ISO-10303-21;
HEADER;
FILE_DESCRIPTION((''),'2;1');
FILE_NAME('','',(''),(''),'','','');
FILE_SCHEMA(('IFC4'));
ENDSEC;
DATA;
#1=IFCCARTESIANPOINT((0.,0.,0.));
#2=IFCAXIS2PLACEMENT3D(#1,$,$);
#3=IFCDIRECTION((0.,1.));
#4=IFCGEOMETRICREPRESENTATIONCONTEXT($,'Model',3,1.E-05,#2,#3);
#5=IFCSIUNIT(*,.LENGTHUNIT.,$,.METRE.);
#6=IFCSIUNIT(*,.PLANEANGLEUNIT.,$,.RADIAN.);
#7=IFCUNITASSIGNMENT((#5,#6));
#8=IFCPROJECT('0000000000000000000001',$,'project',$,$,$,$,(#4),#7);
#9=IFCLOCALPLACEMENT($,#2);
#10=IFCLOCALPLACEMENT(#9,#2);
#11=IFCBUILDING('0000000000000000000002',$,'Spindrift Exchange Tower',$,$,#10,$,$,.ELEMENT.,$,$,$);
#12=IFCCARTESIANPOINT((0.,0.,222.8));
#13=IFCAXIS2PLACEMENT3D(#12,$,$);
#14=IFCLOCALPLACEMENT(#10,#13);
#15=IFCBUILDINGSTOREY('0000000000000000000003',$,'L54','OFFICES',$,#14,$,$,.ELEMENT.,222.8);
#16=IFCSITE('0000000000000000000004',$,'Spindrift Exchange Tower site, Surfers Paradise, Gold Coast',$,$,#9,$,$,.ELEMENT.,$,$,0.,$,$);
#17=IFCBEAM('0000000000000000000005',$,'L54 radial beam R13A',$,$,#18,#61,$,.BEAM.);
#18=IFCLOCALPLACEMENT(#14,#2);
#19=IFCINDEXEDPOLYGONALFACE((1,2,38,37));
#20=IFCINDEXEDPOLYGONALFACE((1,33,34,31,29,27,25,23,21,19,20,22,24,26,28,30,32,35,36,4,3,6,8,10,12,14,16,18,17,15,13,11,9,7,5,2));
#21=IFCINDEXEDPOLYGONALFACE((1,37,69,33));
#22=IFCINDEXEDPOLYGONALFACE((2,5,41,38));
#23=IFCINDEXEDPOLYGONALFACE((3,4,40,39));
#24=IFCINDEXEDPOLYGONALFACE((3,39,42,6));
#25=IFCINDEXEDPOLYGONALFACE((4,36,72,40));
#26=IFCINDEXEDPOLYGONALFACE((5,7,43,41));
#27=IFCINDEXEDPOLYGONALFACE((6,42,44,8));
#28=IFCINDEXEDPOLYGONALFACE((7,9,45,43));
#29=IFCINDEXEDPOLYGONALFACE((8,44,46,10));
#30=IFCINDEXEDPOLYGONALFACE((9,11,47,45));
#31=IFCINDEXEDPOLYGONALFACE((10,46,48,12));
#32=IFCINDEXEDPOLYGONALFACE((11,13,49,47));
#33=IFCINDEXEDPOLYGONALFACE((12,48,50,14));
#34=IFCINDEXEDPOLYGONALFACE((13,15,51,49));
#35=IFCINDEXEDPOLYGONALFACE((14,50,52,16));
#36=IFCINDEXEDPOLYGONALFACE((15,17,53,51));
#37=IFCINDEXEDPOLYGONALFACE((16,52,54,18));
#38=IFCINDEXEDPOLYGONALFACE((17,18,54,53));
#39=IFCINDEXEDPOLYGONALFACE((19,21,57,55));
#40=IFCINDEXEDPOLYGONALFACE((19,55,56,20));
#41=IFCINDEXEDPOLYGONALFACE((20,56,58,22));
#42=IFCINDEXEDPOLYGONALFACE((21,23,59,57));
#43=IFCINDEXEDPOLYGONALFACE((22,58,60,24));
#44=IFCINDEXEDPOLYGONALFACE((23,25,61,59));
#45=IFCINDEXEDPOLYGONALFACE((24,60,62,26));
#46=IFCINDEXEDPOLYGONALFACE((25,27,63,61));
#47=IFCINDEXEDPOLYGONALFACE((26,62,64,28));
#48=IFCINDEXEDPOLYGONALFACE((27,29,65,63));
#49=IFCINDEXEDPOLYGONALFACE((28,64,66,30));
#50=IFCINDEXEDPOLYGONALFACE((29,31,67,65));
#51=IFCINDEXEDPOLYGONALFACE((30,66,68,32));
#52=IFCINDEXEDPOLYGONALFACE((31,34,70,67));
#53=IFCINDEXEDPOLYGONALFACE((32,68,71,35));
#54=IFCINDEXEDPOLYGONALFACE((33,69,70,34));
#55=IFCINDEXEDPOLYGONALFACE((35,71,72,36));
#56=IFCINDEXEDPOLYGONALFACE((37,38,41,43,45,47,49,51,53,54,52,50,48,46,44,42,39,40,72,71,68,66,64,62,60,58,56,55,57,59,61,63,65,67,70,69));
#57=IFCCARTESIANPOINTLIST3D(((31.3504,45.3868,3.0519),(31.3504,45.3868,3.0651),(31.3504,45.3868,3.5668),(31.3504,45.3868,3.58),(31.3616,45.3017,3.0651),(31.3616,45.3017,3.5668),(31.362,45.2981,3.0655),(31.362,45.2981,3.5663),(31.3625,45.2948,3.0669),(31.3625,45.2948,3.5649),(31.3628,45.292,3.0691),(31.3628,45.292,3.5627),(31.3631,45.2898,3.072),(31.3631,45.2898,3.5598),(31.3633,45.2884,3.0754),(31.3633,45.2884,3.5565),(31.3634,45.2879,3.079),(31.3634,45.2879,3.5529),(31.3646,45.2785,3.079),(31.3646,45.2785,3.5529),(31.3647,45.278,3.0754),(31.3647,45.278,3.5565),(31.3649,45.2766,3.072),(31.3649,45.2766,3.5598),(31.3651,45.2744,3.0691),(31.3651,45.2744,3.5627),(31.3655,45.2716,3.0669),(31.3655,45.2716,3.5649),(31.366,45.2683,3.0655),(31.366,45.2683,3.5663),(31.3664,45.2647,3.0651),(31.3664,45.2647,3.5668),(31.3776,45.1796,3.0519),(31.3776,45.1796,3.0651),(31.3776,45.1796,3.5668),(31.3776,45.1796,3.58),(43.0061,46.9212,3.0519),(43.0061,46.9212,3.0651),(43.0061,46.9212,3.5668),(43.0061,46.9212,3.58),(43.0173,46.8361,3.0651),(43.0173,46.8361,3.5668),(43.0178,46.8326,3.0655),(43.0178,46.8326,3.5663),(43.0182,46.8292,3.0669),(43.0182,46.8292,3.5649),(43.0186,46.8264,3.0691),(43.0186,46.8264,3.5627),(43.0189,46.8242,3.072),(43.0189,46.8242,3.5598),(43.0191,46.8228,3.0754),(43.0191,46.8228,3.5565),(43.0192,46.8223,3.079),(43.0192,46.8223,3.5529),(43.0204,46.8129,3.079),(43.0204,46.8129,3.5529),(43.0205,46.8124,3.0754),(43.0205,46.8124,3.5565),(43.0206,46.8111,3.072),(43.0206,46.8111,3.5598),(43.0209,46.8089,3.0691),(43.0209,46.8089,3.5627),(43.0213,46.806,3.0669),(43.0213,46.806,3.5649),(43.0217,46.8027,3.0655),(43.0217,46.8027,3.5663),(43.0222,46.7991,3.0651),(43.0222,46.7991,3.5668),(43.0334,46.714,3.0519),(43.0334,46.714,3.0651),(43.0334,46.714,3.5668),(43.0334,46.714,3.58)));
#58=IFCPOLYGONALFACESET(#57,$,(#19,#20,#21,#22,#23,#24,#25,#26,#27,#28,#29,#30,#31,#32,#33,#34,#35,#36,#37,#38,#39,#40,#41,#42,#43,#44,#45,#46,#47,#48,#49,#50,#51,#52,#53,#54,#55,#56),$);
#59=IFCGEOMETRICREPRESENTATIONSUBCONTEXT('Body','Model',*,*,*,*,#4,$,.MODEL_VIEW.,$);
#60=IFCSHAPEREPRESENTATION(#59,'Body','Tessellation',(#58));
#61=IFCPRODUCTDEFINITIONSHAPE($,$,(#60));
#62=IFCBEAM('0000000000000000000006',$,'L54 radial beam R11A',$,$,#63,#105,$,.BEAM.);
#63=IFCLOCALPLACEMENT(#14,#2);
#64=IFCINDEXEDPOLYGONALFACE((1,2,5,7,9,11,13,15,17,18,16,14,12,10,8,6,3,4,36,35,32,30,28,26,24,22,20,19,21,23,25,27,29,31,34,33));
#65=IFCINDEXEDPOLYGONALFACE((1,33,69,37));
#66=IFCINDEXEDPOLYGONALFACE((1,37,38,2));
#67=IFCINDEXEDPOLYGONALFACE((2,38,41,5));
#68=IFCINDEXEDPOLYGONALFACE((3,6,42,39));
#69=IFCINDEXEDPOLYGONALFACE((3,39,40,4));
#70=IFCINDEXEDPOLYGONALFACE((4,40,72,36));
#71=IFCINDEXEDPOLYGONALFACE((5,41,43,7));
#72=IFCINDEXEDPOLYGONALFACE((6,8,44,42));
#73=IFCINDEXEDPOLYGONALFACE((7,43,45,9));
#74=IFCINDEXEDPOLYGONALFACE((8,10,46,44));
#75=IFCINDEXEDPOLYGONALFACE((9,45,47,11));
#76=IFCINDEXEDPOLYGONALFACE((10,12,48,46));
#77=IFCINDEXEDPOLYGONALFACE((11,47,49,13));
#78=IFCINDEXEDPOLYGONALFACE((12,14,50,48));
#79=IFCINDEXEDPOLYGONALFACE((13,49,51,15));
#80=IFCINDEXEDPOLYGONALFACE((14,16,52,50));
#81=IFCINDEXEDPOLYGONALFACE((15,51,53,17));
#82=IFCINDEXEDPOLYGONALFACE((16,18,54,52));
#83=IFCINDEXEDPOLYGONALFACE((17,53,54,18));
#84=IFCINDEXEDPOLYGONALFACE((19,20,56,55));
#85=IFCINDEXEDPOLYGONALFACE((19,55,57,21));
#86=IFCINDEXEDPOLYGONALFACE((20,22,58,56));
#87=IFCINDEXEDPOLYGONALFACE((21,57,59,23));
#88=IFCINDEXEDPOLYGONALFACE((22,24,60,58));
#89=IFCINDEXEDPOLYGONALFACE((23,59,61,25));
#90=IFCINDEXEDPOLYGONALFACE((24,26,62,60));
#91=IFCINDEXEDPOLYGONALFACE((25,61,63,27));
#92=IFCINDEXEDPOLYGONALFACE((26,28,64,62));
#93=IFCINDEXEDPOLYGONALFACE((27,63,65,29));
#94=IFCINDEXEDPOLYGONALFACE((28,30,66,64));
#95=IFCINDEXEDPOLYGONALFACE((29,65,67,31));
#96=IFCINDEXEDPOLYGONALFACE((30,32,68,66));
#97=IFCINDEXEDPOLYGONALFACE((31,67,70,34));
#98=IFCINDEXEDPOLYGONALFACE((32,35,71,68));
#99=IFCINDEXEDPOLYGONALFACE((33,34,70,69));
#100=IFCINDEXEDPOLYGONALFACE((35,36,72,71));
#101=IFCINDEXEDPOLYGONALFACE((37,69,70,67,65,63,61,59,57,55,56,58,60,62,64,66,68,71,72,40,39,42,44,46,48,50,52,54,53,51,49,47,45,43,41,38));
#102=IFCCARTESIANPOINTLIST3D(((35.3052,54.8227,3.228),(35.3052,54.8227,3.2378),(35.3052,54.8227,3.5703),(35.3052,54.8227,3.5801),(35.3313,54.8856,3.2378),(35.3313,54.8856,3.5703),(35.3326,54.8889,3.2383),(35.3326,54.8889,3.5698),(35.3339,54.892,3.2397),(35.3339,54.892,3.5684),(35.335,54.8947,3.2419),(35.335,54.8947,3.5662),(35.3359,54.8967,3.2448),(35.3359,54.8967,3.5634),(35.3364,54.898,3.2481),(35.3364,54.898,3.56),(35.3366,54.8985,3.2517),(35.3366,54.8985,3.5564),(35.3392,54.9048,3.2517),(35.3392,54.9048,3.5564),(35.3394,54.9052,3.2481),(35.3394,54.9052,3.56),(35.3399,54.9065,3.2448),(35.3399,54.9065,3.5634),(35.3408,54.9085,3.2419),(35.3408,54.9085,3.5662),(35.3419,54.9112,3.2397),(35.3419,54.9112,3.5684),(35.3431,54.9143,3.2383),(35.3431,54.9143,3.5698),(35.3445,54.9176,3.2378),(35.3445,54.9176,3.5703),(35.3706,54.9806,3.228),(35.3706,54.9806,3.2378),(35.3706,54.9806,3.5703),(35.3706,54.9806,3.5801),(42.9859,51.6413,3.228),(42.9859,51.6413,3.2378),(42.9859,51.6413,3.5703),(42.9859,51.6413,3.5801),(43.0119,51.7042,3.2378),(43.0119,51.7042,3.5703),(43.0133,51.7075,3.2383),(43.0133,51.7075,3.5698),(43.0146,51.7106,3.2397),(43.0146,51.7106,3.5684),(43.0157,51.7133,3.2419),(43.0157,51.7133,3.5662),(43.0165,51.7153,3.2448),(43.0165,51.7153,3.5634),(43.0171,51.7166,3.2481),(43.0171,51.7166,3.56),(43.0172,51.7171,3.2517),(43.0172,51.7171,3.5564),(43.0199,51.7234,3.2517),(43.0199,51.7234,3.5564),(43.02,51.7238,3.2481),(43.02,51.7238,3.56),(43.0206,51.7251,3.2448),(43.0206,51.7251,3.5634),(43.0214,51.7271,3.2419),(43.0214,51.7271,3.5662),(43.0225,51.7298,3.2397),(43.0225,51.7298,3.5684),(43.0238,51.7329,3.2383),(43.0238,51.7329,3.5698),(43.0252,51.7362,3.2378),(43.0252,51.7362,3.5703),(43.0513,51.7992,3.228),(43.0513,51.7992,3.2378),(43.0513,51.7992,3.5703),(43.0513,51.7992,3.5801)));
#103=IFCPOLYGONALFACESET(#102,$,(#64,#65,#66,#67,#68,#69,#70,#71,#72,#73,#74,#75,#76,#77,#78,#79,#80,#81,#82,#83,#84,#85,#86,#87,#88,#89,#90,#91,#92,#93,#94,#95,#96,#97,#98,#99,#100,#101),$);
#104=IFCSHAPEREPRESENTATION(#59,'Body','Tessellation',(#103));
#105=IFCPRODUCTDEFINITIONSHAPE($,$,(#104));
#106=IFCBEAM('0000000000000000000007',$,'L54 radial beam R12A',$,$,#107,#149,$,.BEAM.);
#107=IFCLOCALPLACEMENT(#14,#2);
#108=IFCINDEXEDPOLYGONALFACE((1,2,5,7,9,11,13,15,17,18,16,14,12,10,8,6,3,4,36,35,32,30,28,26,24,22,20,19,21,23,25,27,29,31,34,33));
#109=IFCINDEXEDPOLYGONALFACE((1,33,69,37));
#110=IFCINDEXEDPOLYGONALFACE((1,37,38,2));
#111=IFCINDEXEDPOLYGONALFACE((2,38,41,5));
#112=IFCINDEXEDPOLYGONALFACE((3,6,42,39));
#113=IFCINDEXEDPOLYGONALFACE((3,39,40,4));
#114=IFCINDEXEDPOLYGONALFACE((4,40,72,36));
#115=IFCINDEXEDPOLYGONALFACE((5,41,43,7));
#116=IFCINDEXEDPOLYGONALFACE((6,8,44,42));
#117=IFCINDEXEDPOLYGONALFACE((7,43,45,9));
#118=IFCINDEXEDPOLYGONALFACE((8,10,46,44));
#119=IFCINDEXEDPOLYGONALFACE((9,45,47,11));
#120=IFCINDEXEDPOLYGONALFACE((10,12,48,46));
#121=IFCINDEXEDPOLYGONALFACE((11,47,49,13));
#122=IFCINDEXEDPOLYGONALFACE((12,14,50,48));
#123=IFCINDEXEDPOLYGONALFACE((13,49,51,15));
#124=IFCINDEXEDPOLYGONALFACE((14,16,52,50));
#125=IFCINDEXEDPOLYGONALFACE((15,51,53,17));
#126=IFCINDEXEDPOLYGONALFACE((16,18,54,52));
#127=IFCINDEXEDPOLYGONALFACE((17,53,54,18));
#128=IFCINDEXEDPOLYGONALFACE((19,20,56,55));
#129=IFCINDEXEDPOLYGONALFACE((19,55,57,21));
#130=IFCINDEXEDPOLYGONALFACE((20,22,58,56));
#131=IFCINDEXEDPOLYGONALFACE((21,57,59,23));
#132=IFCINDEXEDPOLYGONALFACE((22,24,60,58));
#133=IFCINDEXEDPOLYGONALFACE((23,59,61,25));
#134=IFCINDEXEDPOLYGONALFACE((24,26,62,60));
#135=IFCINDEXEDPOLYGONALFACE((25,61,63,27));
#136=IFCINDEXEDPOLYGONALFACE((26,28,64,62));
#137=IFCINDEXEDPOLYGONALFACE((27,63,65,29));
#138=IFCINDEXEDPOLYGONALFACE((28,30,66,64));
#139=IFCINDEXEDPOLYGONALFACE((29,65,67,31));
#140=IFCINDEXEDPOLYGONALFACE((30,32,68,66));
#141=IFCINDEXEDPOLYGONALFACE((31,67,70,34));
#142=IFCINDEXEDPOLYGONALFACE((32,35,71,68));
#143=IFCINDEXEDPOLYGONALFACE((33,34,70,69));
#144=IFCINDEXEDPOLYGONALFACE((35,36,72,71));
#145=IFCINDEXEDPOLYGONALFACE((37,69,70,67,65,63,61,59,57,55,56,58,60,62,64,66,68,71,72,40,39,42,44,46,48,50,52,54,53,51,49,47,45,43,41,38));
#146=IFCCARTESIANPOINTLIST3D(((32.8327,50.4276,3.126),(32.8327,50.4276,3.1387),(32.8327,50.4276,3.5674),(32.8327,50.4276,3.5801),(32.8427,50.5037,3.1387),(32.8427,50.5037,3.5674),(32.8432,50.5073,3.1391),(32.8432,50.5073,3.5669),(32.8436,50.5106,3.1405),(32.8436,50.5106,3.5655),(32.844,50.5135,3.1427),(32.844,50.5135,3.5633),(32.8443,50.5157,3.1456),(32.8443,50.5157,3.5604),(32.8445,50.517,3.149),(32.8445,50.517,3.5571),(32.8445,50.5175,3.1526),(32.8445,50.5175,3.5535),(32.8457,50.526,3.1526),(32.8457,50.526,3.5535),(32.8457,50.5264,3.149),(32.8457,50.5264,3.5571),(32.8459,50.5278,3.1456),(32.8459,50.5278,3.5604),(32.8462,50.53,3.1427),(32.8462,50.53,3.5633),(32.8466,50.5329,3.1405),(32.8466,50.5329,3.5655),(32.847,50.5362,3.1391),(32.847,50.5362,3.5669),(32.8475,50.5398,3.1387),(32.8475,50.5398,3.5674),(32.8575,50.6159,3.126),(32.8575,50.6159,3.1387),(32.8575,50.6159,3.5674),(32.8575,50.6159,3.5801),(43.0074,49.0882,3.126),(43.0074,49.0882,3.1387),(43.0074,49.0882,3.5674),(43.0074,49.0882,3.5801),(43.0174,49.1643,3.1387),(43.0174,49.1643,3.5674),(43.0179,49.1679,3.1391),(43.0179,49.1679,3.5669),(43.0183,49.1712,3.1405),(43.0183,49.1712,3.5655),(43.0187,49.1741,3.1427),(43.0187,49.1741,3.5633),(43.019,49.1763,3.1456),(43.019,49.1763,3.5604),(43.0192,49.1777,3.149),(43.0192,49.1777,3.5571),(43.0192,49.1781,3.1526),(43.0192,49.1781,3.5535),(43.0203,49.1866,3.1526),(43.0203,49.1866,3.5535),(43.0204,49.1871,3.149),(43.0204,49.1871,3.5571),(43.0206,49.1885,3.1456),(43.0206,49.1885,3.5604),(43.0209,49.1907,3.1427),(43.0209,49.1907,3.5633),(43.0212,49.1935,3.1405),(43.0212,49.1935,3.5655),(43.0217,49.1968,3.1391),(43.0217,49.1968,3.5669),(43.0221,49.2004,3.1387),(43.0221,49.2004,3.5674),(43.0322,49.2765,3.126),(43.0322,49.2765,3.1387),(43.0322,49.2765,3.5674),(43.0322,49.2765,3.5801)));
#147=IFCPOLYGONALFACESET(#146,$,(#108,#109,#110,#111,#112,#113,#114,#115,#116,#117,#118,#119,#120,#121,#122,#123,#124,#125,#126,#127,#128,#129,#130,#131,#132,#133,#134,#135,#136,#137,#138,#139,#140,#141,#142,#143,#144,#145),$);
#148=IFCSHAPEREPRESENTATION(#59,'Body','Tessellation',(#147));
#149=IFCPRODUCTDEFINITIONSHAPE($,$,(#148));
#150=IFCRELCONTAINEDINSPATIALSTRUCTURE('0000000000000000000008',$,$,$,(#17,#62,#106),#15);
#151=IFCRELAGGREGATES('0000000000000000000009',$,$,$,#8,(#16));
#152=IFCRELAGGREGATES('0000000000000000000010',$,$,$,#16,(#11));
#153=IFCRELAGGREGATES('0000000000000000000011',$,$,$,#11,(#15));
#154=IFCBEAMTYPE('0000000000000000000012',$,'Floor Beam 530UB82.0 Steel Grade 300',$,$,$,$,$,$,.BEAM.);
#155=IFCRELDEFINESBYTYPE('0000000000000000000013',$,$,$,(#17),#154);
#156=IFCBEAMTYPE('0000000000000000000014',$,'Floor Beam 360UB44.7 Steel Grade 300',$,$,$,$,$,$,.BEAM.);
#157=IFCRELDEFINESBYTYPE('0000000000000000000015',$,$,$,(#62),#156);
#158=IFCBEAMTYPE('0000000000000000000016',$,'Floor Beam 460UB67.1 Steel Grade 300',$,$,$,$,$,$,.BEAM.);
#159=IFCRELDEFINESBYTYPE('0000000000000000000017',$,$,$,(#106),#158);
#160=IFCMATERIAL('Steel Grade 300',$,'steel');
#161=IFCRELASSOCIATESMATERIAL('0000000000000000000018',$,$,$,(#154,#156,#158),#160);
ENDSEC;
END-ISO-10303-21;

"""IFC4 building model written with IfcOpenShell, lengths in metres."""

from ifc_helpers import new_model, si_unit, direction, frame, origin, origin_2d, place, context, subcontext, project, spatial, i_section, extrude, source, transform, mapped, material, material_profile, profile_set, type_object, element, save


model = new_model("IFC4")

# Units and contexts
model_context = context("Model", 3, precision=1e-05, world=origin(), true_north=direction((0.0, 1.0)))
body_context = subcontext(model_context, "Body", "Model", "MODEL_VIEW")
ifc_project = project(units=[si_unit("LENGTHUNIT", "METRE"), si_unit("PLANEANGLEUNIT", "RADIAN")], contexts=[model_context])

# Site, building, storey
site_placement = place(None, origin())
site = spatial("IfcSite", under=ifc_project, at=site_placement, Name="Spindrift Exchange Tower site, Surfers Paradise, Gold Coast", CompositionType="ELEMENT", RefElevation=0.0)
building_placement = place(site_placement, origin())
building = spatial("IfcBuilding", under=site, at=building_placement, Name="Spindrift Exchange Tower", CompositionType="ELEMENT")
storey_placement = place(building_placement, frame((0.0, 0.0, 222.8)))
storey = spatial("IfcBuildingStorey", under=building, at=storey_placement, Name="L54", Description="OFFICES", CompositionType="ELEMENT", Elevation=222.8)

# Beams
ifc_material_1 = material(Name="Steel Grade 300", Category="steel")
ifc_material_profile_1 = material_profile(ifc_material_1, i_section(OverallWidth=0.209, OverallDepth=0.5281, WebThickness=0.0095, FlangeThickness=0.0132, FilletRadius=0.0139, at=origin_2d()), Name="530UB82.0")
ifc_profile_set_1 = profile_set([ifc_material_profile_1], Name="Steel Grade 300")
beam_type_1 = type_object("IfcBeamType", Name="Floor Beam 530UB82.0 Steel Grade 300", PredefinedType="BEAM", material=ifc_profile_set_1)
shared_shape_1 = source(origin(), body_context, "Body", "SweptSolid", [
    extrude(i_section(OverallWidth=0.209, OverallDepth=0.5281, WebThickness=0.0095, FlangeThickness=0.0132, FilletRadius=0.0139, at=origin_2d()), origin(), (0.0, 0.0, 1.0), 11.7563),
])
beam_1_placement = place(storey_placement, frame((43.0198, 46.8176, 3.3159), z_axis=(-0.991446, -0.130519, 0.0), x_axis=(0.130519, -0.991446, 0.0)))
element("IfcBeam", 1, at=beam_1_placement, inside=storey, type_object=beam_type_1, Name="L54 radial beam R13A", PredefinedType="BEAM", context=body_context, shape_type="MappedRepresentation", body=[
    mapped(shared_shape_1, transform((0.0, 0.0, 0.0), scale=1.0)),
])
ifc_material_profile_2 = material_profile(ifc_material_1, i_section(OverallWidth=0.1709, OverallDepth=0.3521, WebThickness=0.0068, FlangeThickness=0.0098, FilletRadius=0.0139, at=origin_2d()), Name="360UB44.7")
ifc_profile_set_2 = profile_set([ifc_material_profile_2], Name="Steel Grade 300")
beam_type_2 = type_object("IfcBeamType", Name="Floor Beam 360UB44.7 Steel Grade 300", PredefinedType="BEAM", material=ifc_profile_set_2)
shared_shape_2 = source(origin(), body_context, "Body", "SweptSolid", [
    extrude(i_section(OverallWidth=0.1709, OverallDepth=0.3521, WebThickness=0.0068, FlangeThickness=0.0098, FilletRadius=0.0139, at=origin_2d()), origin(), (0.0, 0.0, 1.0), 8.3135),
])
beam_2_placement = place(storey_placement, frame((43.0186, 51.7202, 3.4041), z_axis=(-0.923881, 0.382679, 0.0), x_axis=(-0.382679, -0.923881, 0.0)))
element("IfcBeam", 2, at=beam_2_placement, inside=storey, type_object=beam_type_2, Name="L54 radial beam R11A", PredefinedType="BEAM", context=body_context, shape_type="MappedRepresentation", body=[
    mapped(shared_shape_2, transform((0.0, 0.0, 0.0), scale=1.0)),
])
ifc_material_profile_3 = material_profile(ifc_material_1, i_section(OverallWidth=0.1899, OverallDepth=0.4541, WebThickness=0.0085, FlangeThickness=0.0127, FilletRadius=0.0139, at=origin_2d()), Name="460UB67.1")
ifc_profile_set_3 = profile_set([ifc_material_profile_3], Name="Steel Grade 300")
beam_type_3 = type_object("IfcBeamType", Name="Floor Beam 460UB67.1 Steel Grade 300", PredefinedType="BEAM", material=ifc_profile_set_3)
shared_shape_3 = source(origin(), body_context, "Body", "SweptSolid", [
    extrude(i_section(OverallWidth=0.1899, OverallDepth=0.4541, WebThickness=0.0085, FlangeThickness=0.0127, FilletRadius=0.0139, at=origin_2d()), origin(), (0.0, 0.0, 1.0), 10.2625),
])
beam_3_placement = place(storey_placement, frame((43.0198, 49.1824, 3.353), z_axis=(-0.991447, 0.130512, 0.0), x_axis=(-0.130512, -0.991447, 0.0)))
element("IfcBeam", 3, at=beam_3_placement, inside=storey, type_object=beam_type_3, Name="L54 radial beam R12A", PredefinedType="BEAM", context=body_context, shape_type="MappedRepresentation", body=[
    mapped(shared_shape_3, transform((0.0, 0.0, 0.0), scale=1.0)),
])

save(model, "model.ifc")
